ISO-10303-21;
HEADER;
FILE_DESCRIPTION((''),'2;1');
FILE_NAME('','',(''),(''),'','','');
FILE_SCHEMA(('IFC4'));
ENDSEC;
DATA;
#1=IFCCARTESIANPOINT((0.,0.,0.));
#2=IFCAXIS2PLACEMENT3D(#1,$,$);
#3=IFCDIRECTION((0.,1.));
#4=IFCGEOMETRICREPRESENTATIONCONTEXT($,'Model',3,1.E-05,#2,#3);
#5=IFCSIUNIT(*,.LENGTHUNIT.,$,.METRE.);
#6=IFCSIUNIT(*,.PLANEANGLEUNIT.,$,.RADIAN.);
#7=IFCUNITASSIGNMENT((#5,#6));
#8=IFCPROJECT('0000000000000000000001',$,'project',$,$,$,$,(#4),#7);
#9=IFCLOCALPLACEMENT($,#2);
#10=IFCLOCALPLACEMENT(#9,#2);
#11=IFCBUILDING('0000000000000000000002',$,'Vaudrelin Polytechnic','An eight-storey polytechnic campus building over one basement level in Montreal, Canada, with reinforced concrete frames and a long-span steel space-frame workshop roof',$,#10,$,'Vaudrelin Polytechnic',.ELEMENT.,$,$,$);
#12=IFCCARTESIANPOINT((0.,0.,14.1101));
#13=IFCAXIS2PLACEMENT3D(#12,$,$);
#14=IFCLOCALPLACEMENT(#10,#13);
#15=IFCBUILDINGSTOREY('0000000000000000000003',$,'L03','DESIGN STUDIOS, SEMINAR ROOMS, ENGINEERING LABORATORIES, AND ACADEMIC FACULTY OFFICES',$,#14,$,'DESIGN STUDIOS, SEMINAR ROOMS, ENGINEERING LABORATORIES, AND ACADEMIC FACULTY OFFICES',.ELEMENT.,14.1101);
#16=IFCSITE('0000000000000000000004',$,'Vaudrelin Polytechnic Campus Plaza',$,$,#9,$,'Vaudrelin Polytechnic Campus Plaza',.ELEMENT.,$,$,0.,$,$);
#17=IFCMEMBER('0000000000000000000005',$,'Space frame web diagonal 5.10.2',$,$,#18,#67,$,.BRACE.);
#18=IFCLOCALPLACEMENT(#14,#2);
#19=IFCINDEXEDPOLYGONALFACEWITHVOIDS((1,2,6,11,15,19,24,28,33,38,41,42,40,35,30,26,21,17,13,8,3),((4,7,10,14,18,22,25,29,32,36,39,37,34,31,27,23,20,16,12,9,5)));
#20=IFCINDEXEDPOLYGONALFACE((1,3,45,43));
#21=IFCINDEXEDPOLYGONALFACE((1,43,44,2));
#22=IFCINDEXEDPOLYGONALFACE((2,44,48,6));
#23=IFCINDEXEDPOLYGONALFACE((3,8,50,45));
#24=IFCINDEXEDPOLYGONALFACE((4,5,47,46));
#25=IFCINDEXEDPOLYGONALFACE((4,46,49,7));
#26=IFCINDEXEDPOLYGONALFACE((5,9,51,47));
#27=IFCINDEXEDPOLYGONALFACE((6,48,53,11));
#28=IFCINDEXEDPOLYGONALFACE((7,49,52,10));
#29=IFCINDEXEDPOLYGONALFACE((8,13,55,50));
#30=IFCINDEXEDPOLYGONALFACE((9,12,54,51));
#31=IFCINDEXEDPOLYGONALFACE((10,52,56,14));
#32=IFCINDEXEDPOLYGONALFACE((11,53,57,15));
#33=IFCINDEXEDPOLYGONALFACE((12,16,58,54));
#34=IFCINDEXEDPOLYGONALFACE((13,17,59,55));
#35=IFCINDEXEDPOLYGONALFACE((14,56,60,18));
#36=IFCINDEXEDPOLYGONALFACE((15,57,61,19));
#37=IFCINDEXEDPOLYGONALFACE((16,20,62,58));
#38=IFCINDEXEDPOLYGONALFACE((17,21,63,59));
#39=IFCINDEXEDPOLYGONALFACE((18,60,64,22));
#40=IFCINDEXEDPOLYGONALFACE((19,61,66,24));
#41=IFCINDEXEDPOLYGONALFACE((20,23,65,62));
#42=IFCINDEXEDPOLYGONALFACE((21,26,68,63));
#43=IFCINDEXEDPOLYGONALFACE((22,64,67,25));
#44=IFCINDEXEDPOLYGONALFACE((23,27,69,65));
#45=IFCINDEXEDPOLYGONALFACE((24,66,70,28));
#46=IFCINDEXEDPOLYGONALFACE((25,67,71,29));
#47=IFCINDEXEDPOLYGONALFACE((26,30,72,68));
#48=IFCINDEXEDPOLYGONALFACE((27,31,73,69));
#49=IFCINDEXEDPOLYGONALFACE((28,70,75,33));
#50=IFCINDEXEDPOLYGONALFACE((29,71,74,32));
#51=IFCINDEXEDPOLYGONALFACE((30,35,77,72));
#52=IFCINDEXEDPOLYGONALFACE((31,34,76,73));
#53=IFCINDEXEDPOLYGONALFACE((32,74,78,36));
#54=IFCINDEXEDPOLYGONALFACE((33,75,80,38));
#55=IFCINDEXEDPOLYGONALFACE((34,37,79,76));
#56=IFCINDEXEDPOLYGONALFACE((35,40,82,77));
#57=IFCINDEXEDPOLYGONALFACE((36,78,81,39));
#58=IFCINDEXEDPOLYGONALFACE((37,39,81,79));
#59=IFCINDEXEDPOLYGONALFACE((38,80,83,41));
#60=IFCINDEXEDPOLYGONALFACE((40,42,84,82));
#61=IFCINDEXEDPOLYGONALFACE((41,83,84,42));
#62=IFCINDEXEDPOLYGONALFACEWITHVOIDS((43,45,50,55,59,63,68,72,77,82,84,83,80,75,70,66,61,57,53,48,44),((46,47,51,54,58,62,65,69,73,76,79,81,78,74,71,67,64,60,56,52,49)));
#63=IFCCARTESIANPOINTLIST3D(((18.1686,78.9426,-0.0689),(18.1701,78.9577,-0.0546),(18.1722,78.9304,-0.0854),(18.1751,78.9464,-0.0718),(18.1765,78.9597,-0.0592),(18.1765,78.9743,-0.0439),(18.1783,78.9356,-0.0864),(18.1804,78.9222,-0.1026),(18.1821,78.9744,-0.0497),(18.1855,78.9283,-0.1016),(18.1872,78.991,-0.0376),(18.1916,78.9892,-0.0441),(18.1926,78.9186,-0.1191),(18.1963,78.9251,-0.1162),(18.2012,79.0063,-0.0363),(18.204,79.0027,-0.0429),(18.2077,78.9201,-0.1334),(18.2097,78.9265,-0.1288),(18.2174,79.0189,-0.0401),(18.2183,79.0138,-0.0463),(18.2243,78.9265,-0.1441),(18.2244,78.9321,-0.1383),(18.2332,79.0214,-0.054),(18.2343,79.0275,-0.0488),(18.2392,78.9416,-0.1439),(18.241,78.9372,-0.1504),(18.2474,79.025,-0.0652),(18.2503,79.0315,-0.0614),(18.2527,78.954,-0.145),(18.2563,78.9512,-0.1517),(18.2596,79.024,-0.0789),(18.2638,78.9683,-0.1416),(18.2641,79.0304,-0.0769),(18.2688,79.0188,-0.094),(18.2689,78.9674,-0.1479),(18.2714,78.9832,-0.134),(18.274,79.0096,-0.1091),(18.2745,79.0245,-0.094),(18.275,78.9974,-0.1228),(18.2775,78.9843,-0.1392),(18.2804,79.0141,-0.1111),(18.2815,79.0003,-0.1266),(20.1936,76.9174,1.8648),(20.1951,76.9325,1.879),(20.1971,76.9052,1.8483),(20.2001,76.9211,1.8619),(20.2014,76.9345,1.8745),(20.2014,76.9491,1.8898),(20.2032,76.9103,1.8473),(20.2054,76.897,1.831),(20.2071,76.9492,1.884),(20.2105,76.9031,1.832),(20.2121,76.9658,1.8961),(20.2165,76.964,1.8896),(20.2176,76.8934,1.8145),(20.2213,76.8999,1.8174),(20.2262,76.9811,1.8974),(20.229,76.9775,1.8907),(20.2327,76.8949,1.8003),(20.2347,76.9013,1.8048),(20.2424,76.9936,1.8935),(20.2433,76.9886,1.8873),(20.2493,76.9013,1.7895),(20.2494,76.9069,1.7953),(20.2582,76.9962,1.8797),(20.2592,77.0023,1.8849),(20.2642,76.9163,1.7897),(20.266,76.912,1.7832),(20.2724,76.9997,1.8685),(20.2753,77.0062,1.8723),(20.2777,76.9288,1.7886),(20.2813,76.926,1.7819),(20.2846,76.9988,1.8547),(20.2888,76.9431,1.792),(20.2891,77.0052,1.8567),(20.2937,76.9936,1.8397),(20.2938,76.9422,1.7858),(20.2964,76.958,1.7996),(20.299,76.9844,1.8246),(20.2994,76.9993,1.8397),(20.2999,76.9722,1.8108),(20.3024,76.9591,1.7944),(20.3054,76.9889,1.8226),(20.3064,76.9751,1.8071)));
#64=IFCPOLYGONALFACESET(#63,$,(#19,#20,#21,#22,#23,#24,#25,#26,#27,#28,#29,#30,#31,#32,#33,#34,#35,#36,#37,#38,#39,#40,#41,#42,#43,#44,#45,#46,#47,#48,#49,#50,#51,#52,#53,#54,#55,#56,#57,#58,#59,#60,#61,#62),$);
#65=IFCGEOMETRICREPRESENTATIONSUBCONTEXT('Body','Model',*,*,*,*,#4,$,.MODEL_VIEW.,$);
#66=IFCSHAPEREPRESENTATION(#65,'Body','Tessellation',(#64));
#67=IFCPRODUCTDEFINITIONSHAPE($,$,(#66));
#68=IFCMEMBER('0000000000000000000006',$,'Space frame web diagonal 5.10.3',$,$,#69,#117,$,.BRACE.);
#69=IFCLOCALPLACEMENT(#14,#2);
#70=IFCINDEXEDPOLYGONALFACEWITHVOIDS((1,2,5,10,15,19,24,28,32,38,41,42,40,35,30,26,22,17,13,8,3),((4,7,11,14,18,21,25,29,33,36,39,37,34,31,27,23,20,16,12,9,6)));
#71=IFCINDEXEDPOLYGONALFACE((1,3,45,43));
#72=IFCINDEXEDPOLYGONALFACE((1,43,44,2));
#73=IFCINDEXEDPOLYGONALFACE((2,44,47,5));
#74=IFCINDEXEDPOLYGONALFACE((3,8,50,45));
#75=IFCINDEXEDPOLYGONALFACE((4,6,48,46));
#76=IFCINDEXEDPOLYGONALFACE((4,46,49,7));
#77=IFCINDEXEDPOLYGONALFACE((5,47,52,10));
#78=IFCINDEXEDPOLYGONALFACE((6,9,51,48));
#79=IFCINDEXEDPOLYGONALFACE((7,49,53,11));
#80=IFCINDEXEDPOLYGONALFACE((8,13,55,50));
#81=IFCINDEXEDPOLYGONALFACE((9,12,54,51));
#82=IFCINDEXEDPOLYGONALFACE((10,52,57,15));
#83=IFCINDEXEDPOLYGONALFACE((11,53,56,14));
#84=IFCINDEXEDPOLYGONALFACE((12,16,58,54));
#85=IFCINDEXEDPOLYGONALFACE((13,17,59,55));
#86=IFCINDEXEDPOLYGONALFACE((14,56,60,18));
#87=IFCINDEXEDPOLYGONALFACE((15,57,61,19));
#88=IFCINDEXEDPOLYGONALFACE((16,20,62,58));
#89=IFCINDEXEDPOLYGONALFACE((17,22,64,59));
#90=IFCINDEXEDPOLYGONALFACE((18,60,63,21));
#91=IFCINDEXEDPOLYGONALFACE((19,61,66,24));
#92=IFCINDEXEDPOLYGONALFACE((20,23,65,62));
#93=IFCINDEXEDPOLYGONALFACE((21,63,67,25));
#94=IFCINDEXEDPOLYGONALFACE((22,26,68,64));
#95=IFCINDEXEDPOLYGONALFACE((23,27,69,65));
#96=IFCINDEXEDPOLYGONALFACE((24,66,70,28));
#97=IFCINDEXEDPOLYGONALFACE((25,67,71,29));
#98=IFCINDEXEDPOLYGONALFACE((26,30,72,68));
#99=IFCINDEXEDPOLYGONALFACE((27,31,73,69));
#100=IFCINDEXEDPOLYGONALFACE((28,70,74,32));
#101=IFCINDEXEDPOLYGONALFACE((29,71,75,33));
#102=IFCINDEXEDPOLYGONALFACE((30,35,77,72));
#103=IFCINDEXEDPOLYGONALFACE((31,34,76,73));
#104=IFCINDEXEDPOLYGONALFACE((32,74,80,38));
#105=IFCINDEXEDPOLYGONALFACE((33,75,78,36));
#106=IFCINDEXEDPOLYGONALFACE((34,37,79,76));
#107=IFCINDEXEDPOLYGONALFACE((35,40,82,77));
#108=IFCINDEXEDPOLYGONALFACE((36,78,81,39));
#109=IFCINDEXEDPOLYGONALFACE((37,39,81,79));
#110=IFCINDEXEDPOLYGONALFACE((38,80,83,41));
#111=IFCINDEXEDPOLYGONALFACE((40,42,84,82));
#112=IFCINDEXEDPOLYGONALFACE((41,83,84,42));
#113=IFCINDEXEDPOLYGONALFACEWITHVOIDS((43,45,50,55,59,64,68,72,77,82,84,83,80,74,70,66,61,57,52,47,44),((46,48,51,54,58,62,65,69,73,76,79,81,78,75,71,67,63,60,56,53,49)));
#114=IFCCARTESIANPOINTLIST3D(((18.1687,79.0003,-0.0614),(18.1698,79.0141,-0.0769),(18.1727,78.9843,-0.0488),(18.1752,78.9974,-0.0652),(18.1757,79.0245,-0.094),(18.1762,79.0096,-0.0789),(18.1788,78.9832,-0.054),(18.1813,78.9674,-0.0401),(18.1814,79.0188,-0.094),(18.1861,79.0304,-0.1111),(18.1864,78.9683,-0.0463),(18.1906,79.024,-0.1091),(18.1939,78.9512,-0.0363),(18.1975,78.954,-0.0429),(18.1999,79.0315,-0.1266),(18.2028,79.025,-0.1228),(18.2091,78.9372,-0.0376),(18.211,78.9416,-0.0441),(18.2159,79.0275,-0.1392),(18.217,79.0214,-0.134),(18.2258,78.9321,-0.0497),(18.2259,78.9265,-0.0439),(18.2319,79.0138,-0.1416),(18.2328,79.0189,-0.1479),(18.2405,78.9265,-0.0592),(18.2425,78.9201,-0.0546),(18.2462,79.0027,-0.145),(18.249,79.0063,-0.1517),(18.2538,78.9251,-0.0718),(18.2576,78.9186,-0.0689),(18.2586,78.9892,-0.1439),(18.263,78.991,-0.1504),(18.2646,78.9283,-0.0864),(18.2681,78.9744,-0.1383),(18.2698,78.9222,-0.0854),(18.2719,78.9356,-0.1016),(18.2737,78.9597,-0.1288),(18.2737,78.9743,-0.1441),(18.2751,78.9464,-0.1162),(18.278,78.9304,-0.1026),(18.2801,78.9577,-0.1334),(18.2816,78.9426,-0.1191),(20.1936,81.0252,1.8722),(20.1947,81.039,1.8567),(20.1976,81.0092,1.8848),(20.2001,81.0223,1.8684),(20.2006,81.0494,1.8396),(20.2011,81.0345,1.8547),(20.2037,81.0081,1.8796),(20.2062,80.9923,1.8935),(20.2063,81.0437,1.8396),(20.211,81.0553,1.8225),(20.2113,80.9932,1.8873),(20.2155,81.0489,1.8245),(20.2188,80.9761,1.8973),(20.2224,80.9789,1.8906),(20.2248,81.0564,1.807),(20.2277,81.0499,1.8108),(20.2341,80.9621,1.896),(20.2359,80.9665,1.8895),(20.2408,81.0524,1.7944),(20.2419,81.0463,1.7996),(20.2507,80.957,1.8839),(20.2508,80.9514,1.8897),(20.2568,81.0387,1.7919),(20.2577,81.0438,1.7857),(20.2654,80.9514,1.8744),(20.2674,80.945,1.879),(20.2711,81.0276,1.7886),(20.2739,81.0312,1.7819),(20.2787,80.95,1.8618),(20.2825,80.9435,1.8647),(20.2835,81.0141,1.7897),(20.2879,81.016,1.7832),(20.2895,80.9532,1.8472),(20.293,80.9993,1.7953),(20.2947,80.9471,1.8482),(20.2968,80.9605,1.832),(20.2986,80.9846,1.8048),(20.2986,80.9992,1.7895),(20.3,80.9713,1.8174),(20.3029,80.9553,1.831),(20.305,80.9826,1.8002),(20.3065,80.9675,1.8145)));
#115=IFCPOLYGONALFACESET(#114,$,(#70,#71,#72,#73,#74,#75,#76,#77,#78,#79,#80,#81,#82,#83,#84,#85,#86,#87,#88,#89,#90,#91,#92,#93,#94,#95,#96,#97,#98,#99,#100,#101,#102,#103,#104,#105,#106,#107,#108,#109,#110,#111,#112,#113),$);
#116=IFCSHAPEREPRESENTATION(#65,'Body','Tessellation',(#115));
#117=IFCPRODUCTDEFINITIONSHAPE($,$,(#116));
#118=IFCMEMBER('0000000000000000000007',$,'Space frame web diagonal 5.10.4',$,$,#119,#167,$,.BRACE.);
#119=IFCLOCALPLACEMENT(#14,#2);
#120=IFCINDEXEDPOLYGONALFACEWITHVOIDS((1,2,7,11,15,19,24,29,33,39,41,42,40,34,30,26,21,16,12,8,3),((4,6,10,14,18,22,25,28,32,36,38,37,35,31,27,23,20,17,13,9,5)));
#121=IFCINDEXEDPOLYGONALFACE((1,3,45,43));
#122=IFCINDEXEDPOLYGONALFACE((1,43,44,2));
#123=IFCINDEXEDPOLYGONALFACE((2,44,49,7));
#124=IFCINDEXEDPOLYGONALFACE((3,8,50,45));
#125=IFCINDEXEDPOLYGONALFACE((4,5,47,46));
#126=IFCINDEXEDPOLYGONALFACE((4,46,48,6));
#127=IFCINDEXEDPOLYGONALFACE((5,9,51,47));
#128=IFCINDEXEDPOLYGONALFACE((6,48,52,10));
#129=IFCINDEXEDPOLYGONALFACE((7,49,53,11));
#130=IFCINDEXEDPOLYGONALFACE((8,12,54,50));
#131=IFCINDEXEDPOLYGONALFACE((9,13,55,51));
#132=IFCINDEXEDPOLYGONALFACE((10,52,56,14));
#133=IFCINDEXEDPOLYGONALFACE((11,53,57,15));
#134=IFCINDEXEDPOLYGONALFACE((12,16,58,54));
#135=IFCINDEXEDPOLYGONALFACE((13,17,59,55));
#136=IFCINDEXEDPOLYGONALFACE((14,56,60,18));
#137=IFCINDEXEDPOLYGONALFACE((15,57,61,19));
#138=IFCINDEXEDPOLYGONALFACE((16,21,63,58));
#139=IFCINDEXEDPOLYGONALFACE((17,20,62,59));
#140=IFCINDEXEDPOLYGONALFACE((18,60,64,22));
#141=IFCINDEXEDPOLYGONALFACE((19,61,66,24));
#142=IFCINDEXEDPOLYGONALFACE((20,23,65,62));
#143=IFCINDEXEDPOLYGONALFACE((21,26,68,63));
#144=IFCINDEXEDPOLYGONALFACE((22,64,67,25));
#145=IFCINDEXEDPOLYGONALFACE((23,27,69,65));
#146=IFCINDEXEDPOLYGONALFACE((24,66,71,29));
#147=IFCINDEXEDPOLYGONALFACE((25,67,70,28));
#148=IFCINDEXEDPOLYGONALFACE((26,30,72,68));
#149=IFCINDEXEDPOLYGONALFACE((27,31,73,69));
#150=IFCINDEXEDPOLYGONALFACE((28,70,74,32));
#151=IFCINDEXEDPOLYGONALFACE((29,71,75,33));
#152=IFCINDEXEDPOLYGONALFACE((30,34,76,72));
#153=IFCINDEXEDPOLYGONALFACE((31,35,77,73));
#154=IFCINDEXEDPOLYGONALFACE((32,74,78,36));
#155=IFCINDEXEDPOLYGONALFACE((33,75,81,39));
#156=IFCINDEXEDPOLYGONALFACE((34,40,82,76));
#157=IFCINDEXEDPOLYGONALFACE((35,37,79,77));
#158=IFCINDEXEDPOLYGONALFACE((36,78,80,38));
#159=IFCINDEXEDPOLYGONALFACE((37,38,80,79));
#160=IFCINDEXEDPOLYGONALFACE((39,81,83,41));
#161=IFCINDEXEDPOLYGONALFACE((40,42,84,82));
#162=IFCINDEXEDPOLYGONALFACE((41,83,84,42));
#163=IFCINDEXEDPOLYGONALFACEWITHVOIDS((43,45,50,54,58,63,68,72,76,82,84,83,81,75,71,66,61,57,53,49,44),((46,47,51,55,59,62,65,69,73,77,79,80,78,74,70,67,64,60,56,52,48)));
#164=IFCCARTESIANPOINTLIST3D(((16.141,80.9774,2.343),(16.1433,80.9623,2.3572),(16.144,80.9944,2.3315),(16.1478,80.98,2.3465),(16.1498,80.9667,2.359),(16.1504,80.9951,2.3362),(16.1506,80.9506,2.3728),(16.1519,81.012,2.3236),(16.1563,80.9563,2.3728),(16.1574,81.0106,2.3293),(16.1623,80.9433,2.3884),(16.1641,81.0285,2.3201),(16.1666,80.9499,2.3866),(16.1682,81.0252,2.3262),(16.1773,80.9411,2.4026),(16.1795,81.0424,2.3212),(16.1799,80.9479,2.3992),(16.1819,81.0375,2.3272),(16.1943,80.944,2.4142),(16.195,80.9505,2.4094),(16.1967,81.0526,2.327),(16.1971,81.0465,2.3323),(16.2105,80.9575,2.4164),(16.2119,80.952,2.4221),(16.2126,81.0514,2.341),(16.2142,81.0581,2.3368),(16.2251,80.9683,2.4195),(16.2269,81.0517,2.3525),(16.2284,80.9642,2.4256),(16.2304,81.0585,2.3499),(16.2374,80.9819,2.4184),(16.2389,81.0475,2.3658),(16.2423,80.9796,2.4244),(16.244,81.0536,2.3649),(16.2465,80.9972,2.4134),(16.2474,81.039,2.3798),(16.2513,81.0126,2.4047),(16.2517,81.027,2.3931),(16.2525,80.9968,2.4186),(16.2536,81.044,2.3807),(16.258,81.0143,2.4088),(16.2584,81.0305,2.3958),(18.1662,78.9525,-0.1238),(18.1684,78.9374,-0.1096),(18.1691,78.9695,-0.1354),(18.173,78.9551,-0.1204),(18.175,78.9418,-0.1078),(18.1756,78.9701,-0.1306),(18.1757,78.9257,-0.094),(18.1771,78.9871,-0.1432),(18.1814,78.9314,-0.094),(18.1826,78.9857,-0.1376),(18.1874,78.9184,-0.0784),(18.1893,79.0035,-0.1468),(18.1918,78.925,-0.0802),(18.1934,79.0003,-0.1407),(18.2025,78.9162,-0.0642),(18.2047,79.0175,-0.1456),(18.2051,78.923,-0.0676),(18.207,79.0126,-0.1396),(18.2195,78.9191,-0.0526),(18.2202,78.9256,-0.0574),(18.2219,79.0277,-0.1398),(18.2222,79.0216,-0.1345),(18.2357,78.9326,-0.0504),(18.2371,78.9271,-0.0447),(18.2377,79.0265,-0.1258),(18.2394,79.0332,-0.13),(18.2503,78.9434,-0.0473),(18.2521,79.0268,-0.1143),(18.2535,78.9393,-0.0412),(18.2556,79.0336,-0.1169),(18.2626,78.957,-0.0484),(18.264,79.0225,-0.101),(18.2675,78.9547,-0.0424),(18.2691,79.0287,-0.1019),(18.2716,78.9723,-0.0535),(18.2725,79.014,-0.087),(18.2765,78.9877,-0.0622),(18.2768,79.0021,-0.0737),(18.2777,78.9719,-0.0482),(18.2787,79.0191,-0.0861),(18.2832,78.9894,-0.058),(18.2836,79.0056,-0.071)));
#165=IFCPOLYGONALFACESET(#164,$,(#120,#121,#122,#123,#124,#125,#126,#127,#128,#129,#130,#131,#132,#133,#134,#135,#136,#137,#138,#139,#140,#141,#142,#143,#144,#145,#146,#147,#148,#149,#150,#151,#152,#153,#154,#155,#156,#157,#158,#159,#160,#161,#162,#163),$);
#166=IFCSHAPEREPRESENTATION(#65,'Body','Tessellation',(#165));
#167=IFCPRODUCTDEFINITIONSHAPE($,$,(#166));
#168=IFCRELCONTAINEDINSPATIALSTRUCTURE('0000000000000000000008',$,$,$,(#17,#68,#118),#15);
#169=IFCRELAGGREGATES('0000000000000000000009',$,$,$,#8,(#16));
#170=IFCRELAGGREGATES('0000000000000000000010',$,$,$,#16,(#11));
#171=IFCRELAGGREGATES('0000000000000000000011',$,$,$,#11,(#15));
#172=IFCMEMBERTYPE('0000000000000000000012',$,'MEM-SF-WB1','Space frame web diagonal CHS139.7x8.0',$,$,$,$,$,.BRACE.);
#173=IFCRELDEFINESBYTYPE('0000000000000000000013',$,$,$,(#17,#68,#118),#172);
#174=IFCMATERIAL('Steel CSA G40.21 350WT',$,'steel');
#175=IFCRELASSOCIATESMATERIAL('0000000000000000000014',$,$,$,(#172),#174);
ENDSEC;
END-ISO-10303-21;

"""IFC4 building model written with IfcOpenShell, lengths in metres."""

from ifc_helpers import new_model, si_unit, direction, frame, origin, origin_2d, place, context, subcontext, project, spatial, hollow_circle, extrude, material, material_profile, profile_set, type_object, element, save


model = new_model("IFC4")

# Units and contexts
model_context = context("Model", 3, precision=1e-05, world=origin(), true_north=direction((0.0, 1.0)))
body_context = subcontext(model_context, "Body", "Model", "MODEL_VIEW")
ifc_project = project(units=[si_unit("LENGTHUNIT", "METRE"), si_unit("PLANEANGLEUNIT", "RADIAN")], contexts=[model_context])

# Site, building, storey
site_placement = place(None, origin())
site = spatial("IfcSite", under=ifc_project, at=site_placement, Name="Vaudrelin Polytechnic Campus Plaza", LongName="Vaudrelin Polytechnic Campus Plaza", CompositionType="ELEMENT", RefElevation=0.0)
building_placement = place(site_placement, origin())
building = spatial("IfcBuilding", under=site, at=building_placement, Name="Vaudrelin Polytechnic", Description="An eight-storey polytechnic campus building over one basement level in Montreal, Canada, with reinforced concrete frames and a long-span steel space-frame workshop roof", LongName="Vaudrelin Polytechnic", CompositionType="ELEMENT")
storey_placement = place(building_placement, frame((0.0, 0.0, 14.1101)))
storey = spatial("IfcBuildingStorey", under=building, at=storey_placement, Name="L03", Description="DESIGN STUDIOS, SEMINAR ROOMS, ENGINEERING LABORATORIES, AND ACADEMIC FACULTY OFFICES", LongName="DESIGN STUDIOS, SEMINAR ROOMS, ENGINEERING LABORATORIES, AND ACADEMIC FACULTY OFFICES", CompositionType="ELEMENT", Elevation=14.1101)

# Members
ifc_material = material(Name="Steel CSA G40.21 350WT", Category="steel")
ifc_material_profile_1 = material_profile(ifc_material, hollow_circle(Radius=0.0698, WallThickness=0.0081, at=origin_2d()), Name="CHS139.7x8.0")
ifc_profile_set_1 = profile_set([ifc_material_profile_1], Name="Steel CSA G40.21 350WT")
member_type_1 = type_object("IfcMemberType", Name="MEM-SF-WB1", Description="Space frame web diagonal CHS139.7x8.0", PredefinedType="BRACE", material=ifc_profile_set_1)
member_1_placement = place(storey_placement, frame((18.2251, 78.9751, -0.094), z_axis=(0.586, -0.586071, 0.559576), x_axis=(0.707149, 0.707064, 0.0)))
element("IfcMember", 1, at=member_1_placement, inside=storey, type_object=member_type_1, Name="Space frame web diagonal 5.10.2", PredefinedType="BRACE", context=body_context, shape_type="SweptSolid", body=[
    extrude(hollow_circle(Radius=0.0698, WallThickness=0.0081, at=origin_2d()), origin(), (0.0, 0.0, 1.0), 3.4556),
])
member_2_placement = place(storey_placement, frame((18.2251, 78.9751, -0.094), z_axis=(0.586024, 0.586024, 0.559599), x_axis=(-0.707107, 0.707107, 0.0)))
element("IfcMember", 2, at=member_2_placement, inside=storey, type_object=member_type_1, Name="Space frame web diagonal 5.10.3", PredefinedType="BRACE", context=body_context, shape_type="SweptSolid", body=[
    extrude(hollow_circle(Radius=0.0698, WallThickness=0.0081, at=origin_2d()), origin(), (0.0, 0.0, 1.0), 3.4553),
])
member_3_placement = place(storey_placement, frame((18.2251, 78.9751, -0.094), z_axis=(-0.535788, 0.535723, 0.652634), x_axis=(-0.707064, -0.707149, 0.0)))
element("IfcMember", 3, at=member_3_placement, inside=storey, type_object=member_type_1, Name="Space frame web diagonal 5.10.4", PredefinedType="BRACE", context=body_context, shape_type="SweptSolid", body=[
    extrude(hollow_circle(Radius=0.0698, WallThickness=0.0081, at=origin_2d()), origin(), (0.0, 0.0, 1.0), 3.7798),
])

save(model, "model.ifc")
